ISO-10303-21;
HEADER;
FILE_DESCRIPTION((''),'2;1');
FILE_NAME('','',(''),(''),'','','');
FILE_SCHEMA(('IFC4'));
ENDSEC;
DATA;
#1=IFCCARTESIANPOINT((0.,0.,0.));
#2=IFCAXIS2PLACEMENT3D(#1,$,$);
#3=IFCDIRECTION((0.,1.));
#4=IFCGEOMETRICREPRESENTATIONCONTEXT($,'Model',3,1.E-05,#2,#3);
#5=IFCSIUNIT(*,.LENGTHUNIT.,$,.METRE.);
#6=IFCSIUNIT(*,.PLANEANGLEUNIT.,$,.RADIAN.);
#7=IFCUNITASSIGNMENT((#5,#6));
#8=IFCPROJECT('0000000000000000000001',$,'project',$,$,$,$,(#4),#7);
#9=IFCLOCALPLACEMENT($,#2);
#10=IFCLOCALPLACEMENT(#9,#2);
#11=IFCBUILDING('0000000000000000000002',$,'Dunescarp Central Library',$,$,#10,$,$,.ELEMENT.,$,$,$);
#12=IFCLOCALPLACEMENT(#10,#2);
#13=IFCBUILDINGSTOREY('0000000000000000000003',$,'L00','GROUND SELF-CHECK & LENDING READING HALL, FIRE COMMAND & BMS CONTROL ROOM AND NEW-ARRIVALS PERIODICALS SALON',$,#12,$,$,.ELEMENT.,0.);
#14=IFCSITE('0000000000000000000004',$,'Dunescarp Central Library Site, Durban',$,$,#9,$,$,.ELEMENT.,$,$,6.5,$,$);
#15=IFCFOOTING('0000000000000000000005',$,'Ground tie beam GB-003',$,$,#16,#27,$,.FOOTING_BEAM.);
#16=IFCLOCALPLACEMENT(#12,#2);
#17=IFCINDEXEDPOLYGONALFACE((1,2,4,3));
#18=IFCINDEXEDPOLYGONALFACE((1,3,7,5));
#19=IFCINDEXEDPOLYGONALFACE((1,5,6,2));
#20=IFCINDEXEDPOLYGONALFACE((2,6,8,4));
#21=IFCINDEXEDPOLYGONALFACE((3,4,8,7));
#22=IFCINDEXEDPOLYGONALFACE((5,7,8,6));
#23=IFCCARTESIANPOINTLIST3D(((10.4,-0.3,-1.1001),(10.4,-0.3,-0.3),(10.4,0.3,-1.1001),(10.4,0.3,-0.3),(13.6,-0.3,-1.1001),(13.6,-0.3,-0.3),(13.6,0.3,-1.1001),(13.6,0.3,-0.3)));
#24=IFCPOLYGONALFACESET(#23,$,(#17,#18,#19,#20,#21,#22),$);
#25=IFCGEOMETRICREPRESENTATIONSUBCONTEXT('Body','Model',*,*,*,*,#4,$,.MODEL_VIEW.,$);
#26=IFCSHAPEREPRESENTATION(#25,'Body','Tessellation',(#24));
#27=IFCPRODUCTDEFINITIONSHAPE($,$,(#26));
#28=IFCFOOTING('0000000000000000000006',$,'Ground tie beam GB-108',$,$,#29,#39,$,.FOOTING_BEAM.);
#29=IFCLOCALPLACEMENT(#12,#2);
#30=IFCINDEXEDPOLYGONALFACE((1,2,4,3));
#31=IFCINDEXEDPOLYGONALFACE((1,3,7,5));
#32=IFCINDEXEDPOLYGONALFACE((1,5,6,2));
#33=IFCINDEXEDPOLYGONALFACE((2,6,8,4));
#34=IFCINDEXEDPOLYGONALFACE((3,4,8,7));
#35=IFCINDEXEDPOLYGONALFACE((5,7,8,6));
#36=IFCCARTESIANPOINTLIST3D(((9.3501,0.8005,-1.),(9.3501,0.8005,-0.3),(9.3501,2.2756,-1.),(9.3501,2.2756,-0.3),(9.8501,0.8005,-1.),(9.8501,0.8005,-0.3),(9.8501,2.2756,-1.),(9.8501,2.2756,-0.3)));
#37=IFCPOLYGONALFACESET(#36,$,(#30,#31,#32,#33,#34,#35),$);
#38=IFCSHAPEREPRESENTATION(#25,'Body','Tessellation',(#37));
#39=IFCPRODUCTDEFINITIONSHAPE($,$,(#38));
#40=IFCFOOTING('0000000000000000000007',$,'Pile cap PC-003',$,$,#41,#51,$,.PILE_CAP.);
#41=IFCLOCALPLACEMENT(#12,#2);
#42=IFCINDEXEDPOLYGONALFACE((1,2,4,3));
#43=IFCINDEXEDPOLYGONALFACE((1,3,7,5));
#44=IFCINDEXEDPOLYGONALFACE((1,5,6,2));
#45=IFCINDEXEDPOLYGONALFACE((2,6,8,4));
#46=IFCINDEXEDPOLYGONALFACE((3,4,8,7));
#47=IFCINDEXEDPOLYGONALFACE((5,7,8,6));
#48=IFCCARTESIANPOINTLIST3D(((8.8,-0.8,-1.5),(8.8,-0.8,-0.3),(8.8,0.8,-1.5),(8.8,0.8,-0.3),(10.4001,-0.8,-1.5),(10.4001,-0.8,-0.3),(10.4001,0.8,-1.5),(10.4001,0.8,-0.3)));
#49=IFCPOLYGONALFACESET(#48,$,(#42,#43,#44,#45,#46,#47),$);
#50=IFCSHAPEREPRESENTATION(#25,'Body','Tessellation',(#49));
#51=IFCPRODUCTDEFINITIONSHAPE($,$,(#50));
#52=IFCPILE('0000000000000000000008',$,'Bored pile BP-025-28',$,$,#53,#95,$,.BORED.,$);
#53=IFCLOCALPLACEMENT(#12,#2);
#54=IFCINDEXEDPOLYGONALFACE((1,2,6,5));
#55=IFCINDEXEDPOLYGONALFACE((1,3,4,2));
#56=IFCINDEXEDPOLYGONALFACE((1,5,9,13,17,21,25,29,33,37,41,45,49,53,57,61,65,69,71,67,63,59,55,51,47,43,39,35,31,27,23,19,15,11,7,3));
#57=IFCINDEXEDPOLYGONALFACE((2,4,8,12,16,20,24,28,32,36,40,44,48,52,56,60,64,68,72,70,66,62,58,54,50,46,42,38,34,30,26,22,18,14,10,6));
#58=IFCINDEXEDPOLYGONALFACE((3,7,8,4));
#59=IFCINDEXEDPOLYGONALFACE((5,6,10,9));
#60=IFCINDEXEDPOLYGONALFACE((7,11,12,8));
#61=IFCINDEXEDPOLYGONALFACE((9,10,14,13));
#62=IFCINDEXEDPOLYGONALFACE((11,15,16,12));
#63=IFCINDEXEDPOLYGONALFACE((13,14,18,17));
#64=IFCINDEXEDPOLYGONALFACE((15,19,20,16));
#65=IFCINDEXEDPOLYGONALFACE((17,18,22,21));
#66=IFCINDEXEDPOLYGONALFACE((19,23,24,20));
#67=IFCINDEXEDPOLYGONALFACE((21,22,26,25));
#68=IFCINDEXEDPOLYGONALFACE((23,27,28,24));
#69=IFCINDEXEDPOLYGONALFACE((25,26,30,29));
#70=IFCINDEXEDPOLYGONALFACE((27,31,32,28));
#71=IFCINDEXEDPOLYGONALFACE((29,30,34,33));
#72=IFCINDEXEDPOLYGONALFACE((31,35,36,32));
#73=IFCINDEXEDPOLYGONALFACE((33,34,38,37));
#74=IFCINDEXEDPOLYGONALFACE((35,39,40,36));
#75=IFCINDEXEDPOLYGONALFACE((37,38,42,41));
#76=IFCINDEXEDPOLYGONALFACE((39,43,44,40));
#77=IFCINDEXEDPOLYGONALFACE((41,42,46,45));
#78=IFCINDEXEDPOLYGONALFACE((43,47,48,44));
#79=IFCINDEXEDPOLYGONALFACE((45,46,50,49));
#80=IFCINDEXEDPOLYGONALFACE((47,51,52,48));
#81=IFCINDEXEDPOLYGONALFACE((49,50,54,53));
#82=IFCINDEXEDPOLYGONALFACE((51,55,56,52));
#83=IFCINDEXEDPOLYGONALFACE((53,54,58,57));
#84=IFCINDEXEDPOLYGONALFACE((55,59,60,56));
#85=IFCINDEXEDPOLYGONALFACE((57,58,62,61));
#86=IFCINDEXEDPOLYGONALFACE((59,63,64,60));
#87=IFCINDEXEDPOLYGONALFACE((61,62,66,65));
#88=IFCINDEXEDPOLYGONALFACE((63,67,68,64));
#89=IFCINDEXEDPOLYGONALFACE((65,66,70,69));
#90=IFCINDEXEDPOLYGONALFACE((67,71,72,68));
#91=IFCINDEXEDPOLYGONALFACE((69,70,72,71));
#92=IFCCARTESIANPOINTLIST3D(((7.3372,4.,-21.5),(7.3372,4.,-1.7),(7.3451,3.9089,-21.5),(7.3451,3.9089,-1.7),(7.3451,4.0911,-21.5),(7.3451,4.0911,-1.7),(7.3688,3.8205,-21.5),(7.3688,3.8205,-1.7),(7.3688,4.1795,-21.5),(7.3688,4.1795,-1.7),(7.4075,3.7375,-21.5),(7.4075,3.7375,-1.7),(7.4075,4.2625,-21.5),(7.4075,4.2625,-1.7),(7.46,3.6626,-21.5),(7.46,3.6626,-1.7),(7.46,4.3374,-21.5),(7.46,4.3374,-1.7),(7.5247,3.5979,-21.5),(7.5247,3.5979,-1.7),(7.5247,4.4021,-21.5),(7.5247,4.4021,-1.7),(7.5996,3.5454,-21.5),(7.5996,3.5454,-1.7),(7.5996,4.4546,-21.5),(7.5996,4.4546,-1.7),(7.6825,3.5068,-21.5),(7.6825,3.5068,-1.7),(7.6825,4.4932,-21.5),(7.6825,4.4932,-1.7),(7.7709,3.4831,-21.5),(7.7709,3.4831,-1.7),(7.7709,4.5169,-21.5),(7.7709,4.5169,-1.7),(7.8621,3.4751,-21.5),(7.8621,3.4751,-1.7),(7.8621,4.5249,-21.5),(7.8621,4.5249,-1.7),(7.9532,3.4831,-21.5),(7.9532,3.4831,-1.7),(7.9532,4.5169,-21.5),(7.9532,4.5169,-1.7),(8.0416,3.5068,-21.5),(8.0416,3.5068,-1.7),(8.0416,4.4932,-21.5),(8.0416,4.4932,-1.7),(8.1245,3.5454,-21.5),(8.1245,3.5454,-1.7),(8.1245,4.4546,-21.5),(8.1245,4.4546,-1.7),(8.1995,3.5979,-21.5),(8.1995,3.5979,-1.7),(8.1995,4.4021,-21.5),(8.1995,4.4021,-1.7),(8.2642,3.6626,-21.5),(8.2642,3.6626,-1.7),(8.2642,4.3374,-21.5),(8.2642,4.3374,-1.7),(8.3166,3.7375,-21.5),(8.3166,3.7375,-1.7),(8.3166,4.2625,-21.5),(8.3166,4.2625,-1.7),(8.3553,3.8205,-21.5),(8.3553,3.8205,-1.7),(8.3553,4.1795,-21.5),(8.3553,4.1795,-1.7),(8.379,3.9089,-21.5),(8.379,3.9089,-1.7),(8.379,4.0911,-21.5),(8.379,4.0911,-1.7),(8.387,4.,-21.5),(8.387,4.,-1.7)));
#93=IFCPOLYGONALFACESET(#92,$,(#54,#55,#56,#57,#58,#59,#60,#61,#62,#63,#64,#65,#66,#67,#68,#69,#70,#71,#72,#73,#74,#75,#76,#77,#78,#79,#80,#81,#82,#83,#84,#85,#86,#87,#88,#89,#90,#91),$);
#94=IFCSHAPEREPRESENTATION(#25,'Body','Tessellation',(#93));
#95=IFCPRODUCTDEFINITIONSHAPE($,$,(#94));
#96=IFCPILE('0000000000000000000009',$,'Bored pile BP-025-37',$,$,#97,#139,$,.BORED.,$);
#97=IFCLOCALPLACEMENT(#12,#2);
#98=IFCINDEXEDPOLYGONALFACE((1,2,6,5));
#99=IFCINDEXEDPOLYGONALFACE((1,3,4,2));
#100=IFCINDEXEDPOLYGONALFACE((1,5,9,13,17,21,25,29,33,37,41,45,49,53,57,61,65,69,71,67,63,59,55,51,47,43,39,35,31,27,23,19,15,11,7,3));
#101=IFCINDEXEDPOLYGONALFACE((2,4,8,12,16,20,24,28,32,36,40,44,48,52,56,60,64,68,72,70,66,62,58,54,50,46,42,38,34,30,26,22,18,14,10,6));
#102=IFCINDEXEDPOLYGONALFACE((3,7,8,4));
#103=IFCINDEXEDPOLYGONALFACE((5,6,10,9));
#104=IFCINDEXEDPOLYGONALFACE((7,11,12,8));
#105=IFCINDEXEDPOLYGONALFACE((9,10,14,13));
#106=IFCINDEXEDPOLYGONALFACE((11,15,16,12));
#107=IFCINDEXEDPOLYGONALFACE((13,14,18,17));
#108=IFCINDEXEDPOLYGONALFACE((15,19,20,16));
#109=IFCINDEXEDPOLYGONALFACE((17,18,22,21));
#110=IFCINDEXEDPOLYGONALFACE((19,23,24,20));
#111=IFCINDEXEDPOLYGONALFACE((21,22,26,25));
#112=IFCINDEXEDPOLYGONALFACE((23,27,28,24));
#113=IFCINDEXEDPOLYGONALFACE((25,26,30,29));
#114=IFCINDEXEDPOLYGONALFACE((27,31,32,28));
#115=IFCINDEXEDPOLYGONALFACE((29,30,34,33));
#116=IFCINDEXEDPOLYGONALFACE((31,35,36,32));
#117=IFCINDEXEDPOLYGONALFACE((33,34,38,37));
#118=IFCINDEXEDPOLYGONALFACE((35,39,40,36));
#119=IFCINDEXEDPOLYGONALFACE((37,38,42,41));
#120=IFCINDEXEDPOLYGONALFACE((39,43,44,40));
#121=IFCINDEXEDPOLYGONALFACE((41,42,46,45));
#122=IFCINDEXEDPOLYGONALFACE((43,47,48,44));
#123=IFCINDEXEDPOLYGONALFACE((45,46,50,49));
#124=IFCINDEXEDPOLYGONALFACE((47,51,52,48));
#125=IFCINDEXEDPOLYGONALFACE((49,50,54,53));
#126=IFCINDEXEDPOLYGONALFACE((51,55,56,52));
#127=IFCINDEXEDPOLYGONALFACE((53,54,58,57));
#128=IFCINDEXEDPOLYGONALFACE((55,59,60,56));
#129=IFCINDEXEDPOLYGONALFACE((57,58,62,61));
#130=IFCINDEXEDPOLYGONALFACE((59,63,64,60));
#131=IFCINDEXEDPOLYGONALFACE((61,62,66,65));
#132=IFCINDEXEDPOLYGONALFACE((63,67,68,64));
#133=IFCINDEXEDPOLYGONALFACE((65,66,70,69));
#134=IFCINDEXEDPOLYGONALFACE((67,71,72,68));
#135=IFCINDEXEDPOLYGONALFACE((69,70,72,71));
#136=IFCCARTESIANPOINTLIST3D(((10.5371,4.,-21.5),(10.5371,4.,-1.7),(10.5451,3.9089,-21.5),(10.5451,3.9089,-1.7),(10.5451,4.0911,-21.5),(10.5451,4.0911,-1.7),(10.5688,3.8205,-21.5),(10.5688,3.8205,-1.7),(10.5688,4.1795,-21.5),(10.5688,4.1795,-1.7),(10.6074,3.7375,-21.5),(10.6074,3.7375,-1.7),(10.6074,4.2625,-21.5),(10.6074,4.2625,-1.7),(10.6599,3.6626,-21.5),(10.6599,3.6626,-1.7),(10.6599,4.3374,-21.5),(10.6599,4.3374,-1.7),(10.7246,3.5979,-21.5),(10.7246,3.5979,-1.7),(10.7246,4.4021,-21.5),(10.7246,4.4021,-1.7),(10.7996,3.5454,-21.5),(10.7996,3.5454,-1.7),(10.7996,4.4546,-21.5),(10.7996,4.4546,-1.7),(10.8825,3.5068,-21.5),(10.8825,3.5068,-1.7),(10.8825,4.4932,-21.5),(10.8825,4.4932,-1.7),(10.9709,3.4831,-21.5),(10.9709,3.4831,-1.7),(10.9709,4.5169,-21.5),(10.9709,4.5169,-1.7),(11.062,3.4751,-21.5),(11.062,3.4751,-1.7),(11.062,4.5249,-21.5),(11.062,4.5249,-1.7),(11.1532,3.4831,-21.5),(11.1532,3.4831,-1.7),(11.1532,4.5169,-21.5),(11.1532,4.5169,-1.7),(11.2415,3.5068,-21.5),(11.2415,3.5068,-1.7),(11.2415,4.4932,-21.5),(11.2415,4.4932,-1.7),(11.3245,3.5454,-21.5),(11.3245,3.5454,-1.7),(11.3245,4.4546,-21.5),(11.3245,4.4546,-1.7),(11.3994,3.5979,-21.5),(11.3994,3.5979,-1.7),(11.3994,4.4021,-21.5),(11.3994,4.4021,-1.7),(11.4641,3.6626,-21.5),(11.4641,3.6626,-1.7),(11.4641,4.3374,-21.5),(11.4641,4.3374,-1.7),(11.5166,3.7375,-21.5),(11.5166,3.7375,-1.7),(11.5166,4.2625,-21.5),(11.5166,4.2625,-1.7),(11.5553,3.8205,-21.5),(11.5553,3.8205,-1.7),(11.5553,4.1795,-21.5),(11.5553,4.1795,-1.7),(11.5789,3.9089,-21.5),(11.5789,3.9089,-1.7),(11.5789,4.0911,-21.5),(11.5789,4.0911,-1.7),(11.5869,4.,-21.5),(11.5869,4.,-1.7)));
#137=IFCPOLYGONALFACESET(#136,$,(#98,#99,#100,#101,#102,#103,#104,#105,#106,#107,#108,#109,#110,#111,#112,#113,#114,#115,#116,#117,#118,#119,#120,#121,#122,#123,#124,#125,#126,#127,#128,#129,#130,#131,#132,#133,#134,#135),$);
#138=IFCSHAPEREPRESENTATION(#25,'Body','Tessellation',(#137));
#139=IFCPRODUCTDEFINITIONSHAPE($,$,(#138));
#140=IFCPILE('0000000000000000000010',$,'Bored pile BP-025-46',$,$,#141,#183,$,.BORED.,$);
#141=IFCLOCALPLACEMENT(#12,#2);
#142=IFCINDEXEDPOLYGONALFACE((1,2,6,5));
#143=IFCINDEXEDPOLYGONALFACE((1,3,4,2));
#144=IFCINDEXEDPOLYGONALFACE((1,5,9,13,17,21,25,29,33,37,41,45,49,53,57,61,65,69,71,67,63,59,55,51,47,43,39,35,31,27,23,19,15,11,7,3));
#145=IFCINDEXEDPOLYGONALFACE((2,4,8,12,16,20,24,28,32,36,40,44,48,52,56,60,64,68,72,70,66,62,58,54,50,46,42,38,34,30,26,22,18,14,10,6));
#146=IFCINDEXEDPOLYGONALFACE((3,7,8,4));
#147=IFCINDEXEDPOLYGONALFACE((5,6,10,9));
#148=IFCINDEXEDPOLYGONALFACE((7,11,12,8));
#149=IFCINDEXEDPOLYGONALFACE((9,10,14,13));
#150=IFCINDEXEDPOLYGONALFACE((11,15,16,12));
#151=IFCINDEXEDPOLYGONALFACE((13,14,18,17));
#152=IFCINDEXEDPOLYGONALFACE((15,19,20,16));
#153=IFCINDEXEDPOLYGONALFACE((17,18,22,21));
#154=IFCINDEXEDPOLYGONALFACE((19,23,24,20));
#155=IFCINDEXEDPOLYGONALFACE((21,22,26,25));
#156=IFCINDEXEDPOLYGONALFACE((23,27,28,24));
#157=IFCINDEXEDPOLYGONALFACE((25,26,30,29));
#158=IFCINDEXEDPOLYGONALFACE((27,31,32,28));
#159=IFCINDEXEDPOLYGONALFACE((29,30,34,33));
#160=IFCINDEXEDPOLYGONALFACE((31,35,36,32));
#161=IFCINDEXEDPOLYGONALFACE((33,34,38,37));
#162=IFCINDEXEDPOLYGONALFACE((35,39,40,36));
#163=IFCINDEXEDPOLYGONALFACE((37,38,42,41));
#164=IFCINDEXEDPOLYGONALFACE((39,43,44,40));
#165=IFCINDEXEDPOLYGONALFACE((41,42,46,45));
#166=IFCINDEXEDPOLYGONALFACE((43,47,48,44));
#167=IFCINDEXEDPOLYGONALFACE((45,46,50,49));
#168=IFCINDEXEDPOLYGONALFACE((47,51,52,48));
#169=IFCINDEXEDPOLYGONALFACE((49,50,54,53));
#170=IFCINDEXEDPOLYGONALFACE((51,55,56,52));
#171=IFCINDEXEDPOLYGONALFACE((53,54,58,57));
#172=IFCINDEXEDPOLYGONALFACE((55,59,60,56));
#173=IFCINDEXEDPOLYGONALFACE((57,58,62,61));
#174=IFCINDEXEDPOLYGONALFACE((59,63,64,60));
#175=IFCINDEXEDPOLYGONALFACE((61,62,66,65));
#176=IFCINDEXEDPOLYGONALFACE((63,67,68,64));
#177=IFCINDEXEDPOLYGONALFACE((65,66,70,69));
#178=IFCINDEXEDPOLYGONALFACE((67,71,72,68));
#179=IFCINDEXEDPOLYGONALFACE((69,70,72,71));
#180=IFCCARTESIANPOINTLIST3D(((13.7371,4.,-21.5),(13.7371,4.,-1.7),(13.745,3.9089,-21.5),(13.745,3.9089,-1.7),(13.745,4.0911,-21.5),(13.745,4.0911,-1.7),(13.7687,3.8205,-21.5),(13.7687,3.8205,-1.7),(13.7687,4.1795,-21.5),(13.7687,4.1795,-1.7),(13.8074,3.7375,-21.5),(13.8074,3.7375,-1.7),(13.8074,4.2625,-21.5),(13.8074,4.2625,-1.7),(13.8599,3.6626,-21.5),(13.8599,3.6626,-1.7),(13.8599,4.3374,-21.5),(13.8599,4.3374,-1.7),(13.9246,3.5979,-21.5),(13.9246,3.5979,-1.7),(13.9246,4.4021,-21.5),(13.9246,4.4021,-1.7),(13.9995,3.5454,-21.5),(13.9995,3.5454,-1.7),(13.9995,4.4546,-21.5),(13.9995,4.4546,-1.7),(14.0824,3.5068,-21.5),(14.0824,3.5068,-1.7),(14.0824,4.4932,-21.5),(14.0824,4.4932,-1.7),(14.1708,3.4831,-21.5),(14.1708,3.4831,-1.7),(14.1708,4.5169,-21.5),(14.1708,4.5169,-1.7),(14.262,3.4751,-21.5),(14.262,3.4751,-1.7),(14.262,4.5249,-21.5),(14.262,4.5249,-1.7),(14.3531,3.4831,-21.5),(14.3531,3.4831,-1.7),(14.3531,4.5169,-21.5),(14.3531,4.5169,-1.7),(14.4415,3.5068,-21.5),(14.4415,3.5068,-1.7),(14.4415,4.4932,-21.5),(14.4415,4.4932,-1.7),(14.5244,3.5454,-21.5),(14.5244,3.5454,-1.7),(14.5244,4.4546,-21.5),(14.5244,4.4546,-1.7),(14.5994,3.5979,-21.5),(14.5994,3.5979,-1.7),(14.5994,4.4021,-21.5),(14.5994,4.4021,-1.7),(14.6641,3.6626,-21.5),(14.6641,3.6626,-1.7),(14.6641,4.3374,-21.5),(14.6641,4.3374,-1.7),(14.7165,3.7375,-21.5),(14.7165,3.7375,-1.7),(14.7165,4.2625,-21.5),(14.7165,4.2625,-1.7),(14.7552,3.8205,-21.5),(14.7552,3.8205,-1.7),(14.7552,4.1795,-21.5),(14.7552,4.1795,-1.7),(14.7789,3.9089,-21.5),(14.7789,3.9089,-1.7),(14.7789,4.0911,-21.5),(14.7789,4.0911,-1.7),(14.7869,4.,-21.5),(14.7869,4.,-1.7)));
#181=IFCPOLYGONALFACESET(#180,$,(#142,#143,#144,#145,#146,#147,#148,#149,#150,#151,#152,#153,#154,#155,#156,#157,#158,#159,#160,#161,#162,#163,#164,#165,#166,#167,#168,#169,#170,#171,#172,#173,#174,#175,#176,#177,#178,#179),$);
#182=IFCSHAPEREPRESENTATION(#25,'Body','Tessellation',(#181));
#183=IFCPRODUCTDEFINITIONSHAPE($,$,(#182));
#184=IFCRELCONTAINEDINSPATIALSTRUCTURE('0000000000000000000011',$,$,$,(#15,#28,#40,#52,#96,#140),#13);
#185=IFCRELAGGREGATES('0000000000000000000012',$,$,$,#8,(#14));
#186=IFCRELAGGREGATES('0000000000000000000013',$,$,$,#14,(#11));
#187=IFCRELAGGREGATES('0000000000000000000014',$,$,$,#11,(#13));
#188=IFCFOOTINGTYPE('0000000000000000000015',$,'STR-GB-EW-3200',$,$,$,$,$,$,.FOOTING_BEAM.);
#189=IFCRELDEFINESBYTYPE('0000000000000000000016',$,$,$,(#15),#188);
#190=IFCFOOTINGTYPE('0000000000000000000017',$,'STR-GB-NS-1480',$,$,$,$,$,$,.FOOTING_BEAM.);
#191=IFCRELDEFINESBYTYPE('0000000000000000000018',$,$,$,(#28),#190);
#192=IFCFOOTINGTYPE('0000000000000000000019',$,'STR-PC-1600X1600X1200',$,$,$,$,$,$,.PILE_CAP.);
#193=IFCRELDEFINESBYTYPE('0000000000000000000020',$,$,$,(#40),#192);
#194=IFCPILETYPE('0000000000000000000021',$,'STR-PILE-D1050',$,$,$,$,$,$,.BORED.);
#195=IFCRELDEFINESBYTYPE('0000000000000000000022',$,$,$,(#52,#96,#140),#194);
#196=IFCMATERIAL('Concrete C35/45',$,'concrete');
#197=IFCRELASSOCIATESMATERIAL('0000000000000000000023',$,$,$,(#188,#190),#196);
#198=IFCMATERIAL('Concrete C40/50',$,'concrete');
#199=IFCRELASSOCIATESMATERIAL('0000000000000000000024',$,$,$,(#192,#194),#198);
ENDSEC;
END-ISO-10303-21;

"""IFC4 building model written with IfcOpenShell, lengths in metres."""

from ifc_helpers import new_model, si_unit, direction, frame, origin, origin_2d, place, context, subcontext, project, spatial, rectangle, circle, extrude, material, material_profile, profile_set, type_object, element, save


model = new_model("IFC4")

# Units and contexts
model_context = context("Model", 3, precision=1e-05, world=origin(), true_north=direction((0.0, 1.0)))
body_context = subcontext(model_context, "Body", "Model", "MODEL_VIEW")
ifc_project = project(units=[si_unit("LENGTHUNIT", "METRE"), si_unit("PLANEANGLEUNIT", "RADIAN")], contexts=[model_context])

# Site, building, storey
site_placement = place(None, origin())
site = spatial("IfcSite", under=ifc_project, at=site_placement, Name="Dunescarp Central Library Site, Durban", CompositionType="ELEMENT", RefElevation=6.5)
building_placement = place(site_placement, origin())
building = spatial("IfcBuilding", under=site, at=building_placement, Name="Dunescarp Central Library", CompositionType="ELEMENT")
storey_placement = place(building_placement, origin())
storey = spatial("IfcBuildingStorey", under=building, at=storey_placement, Name="L00", Description="GROUND SELF-CHECK & LENDING READING HALL, FIRE COMMAND & BMS CONTROL ROOM AND NEW-ARRIVALS PERIODICALS SALON", CompositionType="ELEMENT", Elevation=0.0)

# Footings
ifc_material_1 = material(Name="Concrete C35/45", Category="concrete")
footing_type_1 = type_object("IfcFootingType", Name="STR-GB-EW-3200", PredefinedType="FOOTING_BEAM", material=ifc_material_1)
footing_1_placement = place(storey_placement, frame((12.0, 0.0, -1.1001), z_axis=(0.0, 0.0, 1.0), x_axis=(1.0, 0.0, 0.0)))
element("IfcFooting", 1, at=footing_1_placement, inside=storey, type_object=footing_type_1, Name="Ground tie beam GB-003", PredefinedType="FOOTING_BEAM", context=body_context, shape_type="SweptSolid", body=[
    extrude(rectangle(XDim=3.2, YDim=0.6001, at=origin_2d()), origin(), (0.0, 0.0, 1.0), 0.8),
])
footing_type_2 = type_object("IfcFootingType", Name="STR-GB-NS-1480", PredefinedType="FOOTING_BEAM", material=ifc_material_1)
footing_2_placement = place(storey_placement, frame((9.6001, 1.5381, -1.0), z_axis=(0.0, 0.0, 1.0), x_axis=(0.0, 1.0, 0.0)))
element("IfcFooting", 2, at=footing_2_placement, inside=storey, type_object=footing_type_2, Name="Ground tie beam GB-108", PredefinedType="FOOTING_BEAM", context=body_context, shape_type="SweptSolid", body=[
    extrude(rectangle(XDim=1.4751, YDim=0.5, at=origin_2d()), origin(), (0.0, 0.0, 1.0), 0.7),
])
ifc_material_2 = material(Name="Concrete C40/50", Category="concrete")
footing_type_3 = type_object("IfcFootingType", Name="STR-PC-1600X1600X1200", PredefinedType="PILE_CAP", material=ifc_material_2)
footing_3_placement = place(storey_placement, frame((9.6001, 0.0, -1.5), z_axis=(0.0, 0.0, 1.0), x_axis=(1.0, 0.0, 0.0)))
element("IfcFooting", 3, at=footing_3_placement, inside=storey, type_object=footing_type_3, Name="Pile cap PC-003", PredefinedType="PILE_CAP", context=body_context, shape_type="SweptSolid", body=[
    extrude(rectangle(XDim=1.6001, YDim=1.6001, at=origin_2d()), origin(), (0.0, 0.0, 1.0), 1.2),
])

# Piles
ifc_material_profile_1 = material_profile(ifc_material_2, circle(Radius=0.5249, at=origin_2d()), Name="PILE D1050")
ifc_profile_set_1 = profile_set([ifc_material_profile_1], Name="Concrete C40/50")
pile_type_1 = type_object("IfcPileType", Name="STR-PILE-D1050", PredefinedType="BORED", material=ifc_profile_set_1)
for number, where, z_axis, x_axis, name in (
    (4, (7.8621, 4.0, -1.7), (0.0, 0.0, -1.0), (1.0, 0.0, 0.0), "Bored pile BP-025-28"),
    (5, (11.062, 4.0, -1.7), (0.0, 0.0, -1.0), (1.0, 0.0, 0.0), "Bored pile BP-025-37"),
    (6, (14.262, 4.0, -1.7), (0.0, 0.0, -1.0), (1.0, 0.0, 0.0), "Bored pile BP-025-46"),
):
    element("IfcPile", number, at=place(storey_placement, frame(where, z_axis=z_axis, x_axis=x_axis)), inside=storey, type_object=pile_type_1, Name=name, PredefinedType="BORED", context=body_context, shape_type="SweptSolid", body=[
        extrude(circle(Radius=0.5249, at=origin_2d()), origin(), (0.0, 0.0, 1.0), 19.8),
    ])

save(model, "model.ifc")
